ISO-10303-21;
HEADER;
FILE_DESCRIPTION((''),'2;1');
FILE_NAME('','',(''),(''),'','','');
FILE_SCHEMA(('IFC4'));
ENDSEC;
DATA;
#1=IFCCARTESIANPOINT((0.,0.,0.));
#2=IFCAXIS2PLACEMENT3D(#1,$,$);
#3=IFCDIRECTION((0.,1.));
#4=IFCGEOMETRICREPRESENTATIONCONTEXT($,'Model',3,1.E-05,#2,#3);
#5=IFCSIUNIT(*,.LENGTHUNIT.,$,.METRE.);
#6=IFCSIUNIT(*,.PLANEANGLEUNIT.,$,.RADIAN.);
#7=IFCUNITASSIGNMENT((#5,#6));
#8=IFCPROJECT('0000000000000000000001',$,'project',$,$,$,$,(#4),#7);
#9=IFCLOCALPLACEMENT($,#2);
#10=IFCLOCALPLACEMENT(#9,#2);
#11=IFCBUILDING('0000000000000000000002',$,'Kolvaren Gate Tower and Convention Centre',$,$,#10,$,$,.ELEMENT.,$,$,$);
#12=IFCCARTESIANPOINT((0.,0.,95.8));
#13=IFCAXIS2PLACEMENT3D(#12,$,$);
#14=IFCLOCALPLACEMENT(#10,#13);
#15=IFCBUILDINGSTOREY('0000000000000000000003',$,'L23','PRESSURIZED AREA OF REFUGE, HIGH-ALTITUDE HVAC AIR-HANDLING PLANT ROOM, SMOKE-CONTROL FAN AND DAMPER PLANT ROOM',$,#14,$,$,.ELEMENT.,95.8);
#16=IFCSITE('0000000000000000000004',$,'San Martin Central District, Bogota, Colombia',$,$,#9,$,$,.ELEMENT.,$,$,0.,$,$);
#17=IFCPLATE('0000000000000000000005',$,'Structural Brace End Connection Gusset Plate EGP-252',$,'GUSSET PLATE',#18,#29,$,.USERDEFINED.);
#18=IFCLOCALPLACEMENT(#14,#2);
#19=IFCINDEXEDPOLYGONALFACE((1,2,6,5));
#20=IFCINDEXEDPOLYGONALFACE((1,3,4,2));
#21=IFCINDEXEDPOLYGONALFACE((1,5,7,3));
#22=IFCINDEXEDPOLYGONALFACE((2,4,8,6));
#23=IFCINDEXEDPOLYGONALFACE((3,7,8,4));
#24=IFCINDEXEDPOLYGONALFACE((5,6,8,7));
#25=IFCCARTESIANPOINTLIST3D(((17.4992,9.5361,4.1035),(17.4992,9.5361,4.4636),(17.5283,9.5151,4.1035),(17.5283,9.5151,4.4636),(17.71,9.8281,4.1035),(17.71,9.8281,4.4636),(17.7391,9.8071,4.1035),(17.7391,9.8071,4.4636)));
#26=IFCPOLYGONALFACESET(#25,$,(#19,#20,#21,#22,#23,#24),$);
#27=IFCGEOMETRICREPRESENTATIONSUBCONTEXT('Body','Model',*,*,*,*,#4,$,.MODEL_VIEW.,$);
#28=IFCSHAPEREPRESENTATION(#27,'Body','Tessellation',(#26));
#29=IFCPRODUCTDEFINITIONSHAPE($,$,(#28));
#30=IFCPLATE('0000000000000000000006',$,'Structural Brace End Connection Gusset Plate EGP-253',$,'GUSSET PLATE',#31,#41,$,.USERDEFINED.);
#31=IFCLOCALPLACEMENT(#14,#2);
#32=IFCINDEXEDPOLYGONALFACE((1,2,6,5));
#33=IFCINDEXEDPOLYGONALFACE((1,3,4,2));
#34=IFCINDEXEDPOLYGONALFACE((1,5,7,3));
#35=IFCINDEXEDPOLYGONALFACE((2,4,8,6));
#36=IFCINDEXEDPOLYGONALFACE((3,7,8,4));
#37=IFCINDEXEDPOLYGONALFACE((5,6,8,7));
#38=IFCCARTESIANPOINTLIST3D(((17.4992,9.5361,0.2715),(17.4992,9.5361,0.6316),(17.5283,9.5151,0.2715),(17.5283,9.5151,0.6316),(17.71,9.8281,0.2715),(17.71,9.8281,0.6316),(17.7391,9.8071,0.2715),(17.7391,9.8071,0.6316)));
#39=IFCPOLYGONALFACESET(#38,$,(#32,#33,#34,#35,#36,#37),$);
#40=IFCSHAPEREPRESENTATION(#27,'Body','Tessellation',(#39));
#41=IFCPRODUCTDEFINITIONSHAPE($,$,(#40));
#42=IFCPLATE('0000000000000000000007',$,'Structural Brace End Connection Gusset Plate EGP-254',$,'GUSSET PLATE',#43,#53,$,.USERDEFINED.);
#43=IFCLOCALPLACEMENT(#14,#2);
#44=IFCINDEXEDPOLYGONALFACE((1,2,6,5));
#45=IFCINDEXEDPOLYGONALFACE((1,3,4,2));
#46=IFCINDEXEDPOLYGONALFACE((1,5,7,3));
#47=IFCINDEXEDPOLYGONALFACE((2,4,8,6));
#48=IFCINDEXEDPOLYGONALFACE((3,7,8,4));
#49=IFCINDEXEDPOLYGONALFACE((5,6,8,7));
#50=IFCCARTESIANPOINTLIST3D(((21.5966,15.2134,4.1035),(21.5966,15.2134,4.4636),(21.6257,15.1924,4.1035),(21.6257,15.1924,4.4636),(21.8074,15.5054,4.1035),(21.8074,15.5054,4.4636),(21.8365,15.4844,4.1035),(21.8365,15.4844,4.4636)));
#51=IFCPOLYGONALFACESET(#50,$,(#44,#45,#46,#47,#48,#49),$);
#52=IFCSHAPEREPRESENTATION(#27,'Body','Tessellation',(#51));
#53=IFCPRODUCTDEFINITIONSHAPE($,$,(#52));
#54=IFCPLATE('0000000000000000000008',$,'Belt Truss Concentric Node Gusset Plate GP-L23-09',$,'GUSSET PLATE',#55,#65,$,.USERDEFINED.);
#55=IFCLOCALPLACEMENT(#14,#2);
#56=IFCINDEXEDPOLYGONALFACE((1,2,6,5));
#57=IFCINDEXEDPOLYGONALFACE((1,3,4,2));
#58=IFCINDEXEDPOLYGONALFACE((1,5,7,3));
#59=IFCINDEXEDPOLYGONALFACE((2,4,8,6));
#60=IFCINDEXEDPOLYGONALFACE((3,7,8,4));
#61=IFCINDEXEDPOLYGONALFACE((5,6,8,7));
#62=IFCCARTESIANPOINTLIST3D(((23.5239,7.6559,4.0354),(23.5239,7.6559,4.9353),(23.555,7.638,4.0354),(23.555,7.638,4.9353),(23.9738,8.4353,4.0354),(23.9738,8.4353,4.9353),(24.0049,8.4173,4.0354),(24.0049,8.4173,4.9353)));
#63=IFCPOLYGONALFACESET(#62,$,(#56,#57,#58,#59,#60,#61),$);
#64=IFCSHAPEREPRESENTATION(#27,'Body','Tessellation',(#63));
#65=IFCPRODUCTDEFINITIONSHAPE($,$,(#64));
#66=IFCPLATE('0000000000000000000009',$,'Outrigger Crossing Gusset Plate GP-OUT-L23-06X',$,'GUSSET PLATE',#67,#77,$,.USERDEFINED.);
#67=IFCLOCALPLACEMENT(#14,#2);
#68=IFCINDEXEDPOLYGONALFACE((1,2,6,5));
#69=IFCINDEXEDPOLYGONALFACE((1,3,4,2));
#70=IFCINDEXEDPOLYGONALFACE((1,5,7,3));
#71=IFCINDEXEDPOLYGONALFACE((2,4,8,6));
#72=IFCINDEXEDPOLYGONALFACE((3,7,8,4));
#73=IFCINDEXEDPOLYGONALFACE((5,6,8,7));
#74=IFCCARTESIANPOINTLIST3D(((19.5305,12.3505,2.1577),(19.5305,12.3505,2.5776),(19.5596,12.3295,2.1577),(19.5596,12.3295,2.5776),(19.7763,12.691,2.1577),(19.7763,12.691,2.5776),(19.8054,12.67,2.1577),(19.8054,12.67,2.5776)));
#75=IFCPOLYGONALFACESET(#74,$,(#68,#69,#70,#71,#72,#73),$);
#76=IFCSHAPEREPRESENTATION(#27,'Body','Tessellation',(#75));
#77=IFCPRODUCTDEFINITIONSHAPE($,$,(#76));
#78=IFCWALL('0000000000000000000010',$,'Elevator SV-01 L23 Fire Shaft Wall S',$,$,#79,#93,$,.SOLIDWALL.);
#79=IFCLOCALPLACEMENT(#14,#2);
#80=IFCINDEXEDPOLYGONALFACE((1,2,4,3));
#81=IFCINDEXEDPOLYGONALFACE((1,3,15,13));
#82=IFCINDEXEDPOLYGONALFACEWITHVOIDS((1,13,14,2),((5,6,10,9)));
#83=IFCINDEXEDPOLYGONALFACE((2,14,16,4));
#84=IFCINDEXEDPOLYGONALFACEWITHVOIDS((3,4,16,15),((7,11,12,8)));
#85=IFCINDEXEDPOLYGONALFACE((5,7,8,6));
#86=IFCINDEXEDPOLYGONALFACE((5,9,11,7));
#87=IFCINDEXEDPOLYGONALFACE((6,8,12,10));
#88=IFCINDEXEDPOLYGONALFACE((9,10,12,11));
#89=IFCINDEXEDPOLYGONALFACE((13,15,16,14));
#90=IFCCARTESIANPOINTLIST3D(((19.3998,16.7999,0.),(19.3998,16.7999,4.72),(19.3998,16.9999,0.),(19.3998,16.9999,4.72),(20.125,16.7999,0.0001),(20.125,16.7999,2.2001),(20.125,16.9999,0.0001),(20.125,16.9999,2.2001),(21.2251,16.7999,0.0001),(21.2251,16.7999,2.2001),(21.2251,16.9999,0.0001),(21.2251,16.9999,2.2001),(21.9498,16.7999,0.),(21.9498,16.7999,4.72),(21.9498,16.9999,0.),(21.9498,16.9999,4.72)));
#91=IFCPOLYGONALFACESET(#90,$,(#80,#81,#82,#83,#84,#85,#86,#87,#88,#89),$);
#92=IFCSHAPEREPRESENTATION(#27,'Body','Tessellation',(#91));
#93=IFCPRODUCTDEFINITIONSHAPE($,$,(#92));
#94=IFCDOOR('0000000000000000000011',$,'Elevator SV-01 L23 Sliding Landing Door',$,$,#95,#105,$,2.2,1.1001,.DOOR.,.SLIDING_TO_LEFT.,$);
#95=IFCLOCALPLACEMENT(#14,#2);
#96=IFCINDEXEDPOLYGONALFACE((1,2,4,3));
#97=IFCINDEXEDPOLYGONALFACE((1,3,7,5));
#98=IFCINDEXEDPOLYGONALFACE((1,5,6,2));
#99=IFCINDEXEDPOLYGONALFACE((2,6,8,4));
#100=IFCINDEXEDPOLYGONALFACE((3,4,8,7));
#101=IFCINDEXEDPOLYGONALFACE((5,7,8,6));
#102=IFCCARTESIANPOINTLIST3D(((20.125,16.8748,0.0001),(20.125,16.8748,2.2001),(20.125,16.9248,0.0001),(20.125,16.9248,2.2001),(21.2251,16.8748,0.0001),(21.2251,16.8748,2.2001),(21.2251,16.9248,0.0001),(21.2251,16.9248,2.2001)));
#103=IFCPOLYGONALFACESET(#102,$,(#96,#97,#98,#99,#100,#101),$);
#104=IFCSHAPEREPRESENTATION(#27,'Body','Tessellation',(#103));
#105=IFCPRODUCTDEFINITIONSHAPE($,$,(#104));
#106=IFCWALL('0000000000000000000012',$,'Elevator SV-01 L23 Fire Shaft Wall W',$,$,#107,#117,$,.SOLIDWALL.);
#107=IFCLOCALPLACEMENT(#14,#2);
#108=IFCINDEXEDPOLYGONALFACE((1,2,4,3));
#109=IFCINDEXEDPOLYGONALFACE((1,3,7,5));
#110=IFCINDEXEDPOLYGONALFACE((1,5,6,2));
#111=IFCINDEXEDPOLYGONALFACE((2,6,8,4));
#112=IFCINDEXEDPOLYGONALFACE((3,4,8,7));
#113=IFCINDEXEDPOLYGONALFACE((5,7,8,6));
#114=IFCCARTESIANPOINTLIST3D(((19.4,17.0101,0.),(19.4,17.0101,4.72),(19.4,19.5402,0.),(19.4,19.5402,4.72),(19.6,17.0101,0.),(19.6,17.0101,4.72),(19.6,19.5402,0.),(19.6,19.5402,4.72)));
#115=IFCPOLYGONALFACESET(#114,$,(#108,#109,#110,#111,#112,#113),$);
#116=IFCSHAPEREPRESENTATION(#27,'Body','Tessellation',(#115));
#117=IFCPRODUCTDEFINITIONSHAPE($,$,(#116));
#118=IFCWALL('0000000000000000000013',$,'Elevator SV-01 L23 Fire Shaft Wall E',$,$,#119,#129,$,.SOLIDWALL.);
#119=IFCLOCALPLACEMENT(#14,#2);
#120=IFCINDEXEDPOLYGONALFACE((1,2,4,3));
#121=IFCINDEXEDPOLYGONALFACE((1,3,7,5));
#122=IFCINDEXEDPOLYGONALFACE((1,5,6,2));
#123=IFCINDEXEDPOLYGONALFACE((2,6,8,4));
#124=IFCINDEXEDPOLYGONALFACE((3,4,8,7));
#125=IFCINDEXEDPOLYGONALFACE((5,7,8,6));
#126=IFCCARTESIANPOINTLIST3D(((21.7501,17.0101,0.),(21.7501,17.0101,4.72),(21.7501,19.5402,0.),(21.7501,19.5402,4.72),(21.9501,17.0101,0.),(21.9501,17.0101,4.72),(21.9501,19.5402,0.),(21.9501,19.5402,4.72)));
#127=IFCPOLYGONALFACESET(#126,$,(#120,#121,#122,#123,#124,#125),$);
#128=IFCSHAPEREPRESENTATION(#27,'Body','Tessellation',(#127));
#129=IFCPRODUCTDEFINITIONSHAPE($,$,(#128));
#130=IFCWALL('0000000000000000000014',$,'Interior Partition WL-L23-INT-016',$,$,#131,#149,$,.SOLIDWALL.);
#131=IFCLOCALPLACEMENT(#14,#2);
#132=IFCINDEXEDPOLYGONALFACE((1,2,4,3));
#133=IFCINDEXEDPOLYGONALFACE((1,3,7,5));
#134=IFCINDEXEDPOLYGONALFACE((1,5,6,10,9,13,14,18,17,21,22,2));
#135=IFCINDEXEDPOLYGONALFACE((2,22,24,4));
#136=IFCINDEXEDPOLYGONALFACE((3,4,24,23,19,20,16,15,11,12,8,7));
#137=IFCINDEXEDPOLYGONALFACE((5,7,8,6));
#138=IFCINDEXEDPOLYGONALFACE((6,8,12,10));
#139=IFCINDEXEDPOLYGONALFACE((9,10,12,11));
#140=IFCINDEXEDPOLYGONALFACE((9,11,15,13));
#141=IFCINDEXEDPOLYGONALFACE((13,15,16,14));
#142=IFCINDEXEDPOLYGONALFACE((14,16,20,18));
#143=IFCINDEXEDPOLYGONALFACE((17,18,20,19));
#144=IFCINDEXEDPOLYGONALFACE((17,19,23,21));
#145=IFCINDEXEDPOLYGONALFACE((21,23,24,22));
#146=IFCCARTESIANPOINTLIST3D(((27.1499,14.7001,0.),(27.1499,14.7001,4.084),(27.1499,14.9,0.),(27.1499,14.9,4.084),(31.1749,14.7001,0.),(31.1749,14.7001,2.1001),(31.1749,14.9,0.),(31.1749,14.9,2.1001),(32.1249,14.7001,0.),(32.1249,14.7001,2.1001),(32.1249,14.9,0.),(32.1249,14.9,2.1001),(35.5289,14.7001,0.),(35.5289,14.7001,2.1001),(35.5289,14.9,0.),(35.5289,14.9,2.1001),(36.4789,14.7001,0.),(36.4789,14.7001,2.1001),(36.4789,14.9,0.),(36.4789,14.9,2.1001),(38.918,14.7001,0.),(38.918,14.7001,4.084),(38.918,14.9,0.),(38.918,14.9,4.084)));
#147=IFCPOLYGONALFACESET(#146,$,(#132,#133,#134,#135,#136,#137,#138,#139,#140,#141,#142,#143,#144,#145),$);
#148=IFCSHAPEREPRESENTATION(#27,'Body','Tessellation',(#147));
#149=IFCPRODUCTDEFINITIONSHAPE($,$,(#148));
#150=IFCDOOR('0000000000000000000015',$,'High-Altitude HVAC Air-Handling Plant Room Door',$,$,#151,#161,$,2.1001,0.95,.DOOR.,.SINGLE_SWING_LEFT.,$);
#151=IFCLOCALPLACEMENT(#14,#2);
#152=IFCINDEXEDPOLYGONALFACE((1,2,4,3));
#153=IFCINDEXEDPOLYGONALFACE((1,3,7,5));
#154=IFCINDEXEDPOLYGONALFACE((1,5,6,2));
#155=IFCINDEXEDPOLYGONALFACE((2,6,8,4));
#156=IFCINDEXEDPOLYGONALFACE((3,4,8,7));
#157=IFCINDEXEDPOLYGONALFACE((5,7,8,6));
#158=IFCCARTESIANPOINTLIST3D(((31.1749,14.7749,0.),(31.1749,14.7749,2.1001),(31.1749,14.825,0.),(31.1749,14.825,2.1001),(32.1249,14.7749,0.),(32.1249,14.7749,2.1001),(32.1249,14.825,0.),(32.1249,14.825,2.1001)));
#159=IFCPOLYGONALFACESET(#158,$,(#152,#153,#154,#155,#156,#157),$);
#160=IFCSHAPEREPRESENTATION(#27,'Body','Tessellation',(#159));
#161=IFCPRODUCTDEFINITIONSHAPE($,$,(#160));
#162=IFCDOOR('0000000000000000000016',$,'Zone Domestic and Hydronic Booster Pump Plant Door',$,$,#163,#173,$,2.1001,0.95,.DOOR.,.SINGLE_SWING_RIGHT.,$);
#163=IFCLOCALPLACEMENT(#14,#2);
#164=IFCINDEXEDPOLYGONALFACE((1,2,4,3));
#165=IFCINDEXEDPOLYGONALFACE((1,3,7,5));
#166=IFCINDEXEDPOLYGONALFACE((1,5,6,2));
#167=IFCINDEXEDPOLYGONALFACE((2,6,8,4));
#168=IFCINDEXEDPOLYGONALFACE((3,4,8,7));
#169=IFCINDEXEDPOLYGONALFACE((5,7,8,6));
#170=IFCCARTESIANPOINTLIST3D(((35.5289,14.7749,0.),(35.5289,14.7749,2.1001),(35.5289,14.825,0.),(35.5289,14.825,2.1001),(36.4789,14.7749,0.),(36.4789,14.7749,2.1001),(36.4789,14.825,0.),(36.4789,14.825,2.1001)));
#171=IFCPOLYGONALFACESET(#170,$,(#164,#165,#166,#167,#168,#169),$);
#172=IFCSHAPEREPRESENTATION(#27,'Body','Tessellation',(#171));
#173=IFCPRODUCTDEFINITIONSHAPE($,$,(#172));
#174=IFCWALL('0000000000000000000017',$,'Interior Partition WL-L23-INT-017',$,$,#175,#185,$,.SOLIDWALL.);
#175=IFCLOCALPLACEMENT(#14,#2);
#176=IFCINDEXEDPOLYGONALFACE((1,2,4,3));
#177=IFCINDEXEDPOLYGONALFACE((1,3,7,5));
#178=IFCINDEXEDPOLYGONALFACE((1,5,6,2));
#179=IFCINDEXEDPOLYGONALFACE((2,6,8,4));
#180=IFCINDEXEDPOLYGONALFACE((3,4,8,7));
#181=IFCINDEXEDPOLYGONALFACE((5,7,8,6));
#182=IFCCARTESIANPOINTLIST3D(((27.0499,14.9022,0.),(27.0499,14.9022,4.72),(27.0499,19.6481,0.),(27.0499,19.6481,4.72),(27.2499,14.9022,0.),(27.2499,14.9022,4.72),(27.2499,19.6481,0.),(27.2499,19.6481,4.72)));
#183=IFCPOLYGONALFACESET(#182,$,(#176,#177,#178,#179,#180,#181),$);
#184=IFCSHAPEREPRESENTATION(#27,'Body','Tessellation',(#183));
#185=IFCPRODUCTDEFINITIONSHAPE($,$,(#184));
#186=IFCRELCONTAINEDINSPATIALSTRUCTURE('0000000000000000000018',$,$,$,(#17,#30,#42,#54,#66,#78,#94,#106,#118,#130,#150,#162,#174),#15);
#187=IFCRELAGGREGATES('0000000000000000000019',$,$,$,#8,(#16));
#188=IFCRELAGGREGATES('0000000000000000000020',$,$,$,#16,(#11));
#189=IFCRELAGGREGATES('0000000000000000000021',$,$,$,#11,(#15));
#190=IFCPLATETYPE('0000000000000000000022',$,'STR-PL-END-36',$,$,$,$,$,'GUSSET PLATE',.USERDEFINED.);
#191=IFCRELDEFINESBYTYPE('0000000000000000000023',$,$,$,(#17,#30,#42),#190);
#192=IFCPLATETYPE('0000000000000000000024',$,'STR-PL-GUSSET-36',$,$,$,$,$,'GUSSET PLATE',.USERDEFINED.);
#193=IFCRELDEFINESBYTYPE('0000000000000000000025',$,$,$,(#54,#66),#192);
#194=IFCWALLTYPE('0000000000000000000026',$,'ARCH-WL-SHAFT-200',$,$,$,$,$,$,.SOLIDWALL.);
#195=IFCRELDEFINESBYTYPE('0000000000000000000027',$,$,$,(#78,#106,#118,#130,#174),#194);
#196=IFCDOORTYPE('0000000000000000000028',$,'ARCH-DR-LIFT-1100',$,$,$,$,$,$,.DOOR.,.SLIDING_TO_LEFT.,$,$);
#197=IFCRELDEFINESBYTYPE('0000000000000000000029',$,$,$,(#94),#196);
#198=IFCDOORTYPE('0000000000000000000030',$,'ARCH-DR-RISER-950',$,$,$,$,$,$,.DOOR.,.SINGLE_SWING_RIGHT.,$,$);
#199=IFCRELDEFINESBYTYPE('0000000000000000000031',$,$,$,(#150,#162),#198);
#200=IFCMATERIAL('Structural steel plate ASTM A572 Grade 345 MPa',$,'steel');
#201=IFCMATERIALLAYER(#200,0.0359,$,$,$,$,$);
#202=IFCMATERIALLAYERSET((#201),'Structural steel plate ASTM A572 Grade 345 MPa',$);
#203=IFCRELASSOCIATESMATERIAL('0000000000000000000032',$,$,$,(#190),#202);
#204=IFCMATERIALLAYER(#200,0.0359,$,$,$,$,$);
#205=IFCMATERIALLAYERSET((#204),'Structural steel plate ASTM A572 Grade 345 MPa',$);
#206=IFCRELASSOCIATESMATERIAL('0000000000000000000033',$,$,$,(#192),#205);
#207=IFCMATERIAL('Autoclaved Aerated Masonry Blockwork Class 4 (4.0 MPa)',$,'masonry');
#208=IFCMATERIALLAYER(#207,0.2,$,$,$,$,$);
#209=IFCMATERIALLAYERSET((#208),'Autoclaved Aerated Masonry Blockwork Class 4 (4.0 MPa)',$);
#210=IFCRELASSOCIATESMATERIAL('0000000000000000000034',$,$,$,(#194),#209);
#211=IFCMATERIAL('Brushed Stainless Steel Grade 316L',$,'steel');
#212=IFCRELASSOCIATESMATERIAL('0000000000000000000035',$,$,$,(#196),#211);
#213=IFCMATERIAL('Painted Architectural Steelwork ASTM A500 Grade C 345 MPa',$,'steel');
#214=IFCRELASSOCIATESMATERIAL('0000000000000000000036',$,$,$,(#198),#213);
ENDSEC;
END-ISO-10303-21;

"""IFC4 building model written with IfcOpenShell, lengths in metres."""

from ifc_helpers import new_model, si_unit, direction, frame, frame_2d, origin, origin_2d, place, context, subcontext, project, spatial, rectangle, extrude, material, layer, layer_set, type_object, element, fill, save


model = new_model("IFC4")

# Units and contexts
model_context = context("Model", 3, precision=1e-05, world=origin(), true_north=direction((0.0, 1.0)))
body_context = subcontext(model_context, "Body", "Model", "MODEL_VIEW")
ifc_project = project(units=[si_unit("LENGTHUNIT", "METRE"), si_unit("PLANEANGLEUNIT", "RADIAN")], contexts=[model_context])

# Site, building, storey
site_placement = place(None, origin())
site = spatial("IfcSite", under=ifc_project, at=site_placement, Name="San Martin Central District, Bogota, Colombia", CompositionType="ELEMENT", RefElevation=0.0)
building_placement = place(site_placement, origin())
building = spatial("IfcBuilding", under=site, at=building_placement, Name="Kolvaren Gate Tower and Convention Centre", CompositionType="ELEMENT")
storey_placement = place(building_placement, frame((0.0, 0.0, 95.8)))
storey = spatial("IfcBuildingStorey", under=building, at=storey_placement, Name="L23", Description="PRESSURIZED AREA OF REFUGE, HIGH-ALTITUDE HVAC AIR-HANDLING PLANT ROOM, SMOKE-CONTROL FAN AND DAMPER PLANT ROOM", CompositionType="ELEMENT", Elevation=95.8)

# Plates
ifc_material_1 = material(Name="Structural steel plate ASTM A572 Grade 345 MPa", Category="steel")
ifc_layer_1 = layer(ifc_material_1, 0.0359)
ifc_layer_set_1 = layer_set([ifc_layer_1], Name="Structural steel plate ASTM A572 Grade 345 MPa")
plate_type_1 = type_object("IfcPlateType", Name="STR-PL-END-36", ElementType="GUSSET PLATE", PredefinedType="USERDEFINED", material=ifc_layer_set_1)
for number, where, z_axis, x_axis, name in (
    (1, (17.6191, 9.6716, 4.1035), (0.0, 0.0, 1.0), (-0.585217, -0.810877, 0.0), "Structural Brace End Connection Gusset Plate EGP-252"),
    (2, (17.6191, 9.6716, 0.2715), (0.0, 0.0, 1.0), (0.585231, 0.810867, 0.0), "Structural Brace End Connection Gusset Plate EGP-253"),
    (3, (21.7166, 15.3489, 4.1035), (0.0, 0.0, 1.0), (0.585201, 0.810888, 0.0), "Structural Brace End Connection Gusset Plate EGP-254"),
):
    element("IfcPlate", number, at=place(storey_placement, frame(where, z_axis=z_axis, x_axis=x_axis)), inside=storey, type_object=plate_type_1, Name=name, ObjectType="GUSSET PLATE", PredefinedType="USERDEFINED", context=body_context, shape_type="SweptSolid", body=[
        extrude(rectangle(XDim=0.3601, YDim=0.0359, at=origin_2d()), origin(), (0.0, 0.0, 1.0), 0.3601),
    ])
ifc_layer_2 = layer(ifc_material_1, 0.0359)
ifc_layer_set_2 = layer_set([ifc_layer_2], Name="Structural steel plate ASTM A572 Grade 345 MPa")
plate_type_2 = type_object("IfcPlateType", Name="STR-PL-GUSSET-36", ElementType="GUSSET PLATE", PredefinedType="USERDEFINED", material=ifc_layer_set_2)
plate_1_placement = place(storey_placement, frame((23.7644, 8.0366, 4.0354), z_axis=(0.0, 0.0, 1.0), x_axis=(-0.5, -0.866025, 0.0)))
element("IfcPlate", 4, at=plate_1_placement, inside=storey, type_object=plate_type_2, Name="Belt Truss Concentric Node Gusset Plate GP-L23-09", ObjectType="GUSSET PLATE", PredefinedType="USERDEFINED", context=body_context, shape_type="SweptSolid", body=[
    extrude(rectangle(XDim=0.8999, YDim=0.0359, at=origin_2d()), origin(), (0.0, 0.0, 1.0), 0.8999),
])
plate_2_placement = place(storey_placement, frame((19.668, 12.5103, 2.1577), z_axis=(0.0, 0.0, 1.0), x_axis=(-0.585217, -0.810877, 0.0)))
element("IfcPlate", 5, at=plate_2_placement, inside=storey, type_object=plate_type_2, Name="Outrigger Crossing Gusset Plate GP-OUT-L23-06X", ObjectType="GUSSET PLATE", PredefinedType="USERDEFINED", context=body_context, shape_type="SweptSolid", body=[
    extrude(rectangle(XDim=0.4199, YDim=0.0359, at=origin_2d()), origin(), (0.0, 0.0, 1.0), 0.4199),
])

# Wall, opening, door
ifc_material_2 = material(Name="Autoclaved Aerated Masonry Blockwork Class 4 (4.0 MPa)", Category="masonry")
ifc_layer_3 = layer(ifc_material_2, 0.2)
ifc_layer_set_3 = layer_set([ifc_layer_3], Name="Autoclaved Aerated Masonry Blockwork Class 4 (4.0 MPa)")
wall_type_1 = type_object("IfcWallType", Name="ARCH-WL-SHAFT-200", PredefinedType="SOLIDWALL", material=ifc_layer_set_3)
wall_1_placement = place(storey_placement, frame((19.3999, 16.8999, 0.0), z_axis=(0.0, 0.0, 1.0), x_axis=(1.0, 0.0, 0.0)))
wall_1 = element("IfcWall", 6, at=wall_1_placement, inside=storey, type_object=wall_type_1, Name="Elevator SV-01 L23 Fire Shaft Wall S", PredefinedType="SOLIDWALL", context=body_context, shape_type="SweptSolid", body=[
    extrude(rectangle(XDim=2.55, YDim=0.2, at=frame_2d((1.2749, 0.0))), origin(), (0.0, 0.0, 1.0), 4.72),
])
opening_1_placement = place(wall_1_placement, frame((0.7251, 0.0, 0.0)))
opening_1 = element("IfcOpeningElement", 7, at=opening_1_placement, cuts=wall_1, PredefinedType="OPENING", context=body_context, shape_type="SweptSolid", body=[
    extrude(rectangle(XDim=1.1001, YDim=2.2, at=frame_2d((0.55, 1.1001))), frame((0.0, 0.1099, 0.0), z_axis=(0.0, -1.0, 0.0), x_axis=(1.0, 0.0, 0.0)), (0.0, 0.0, 1.0), 0.22),
])
ifc_material_3 = material(Name="Brushed Stainless Steel Grade 316L", Category="steel")
door_type_1 = type_object("IfcDoorType", Name="ARCH-DR-LIFT-1100", OperationType="SLIDING_TO_LEFT", PredefinedType="DOOR", material=ifc_material_3)
door_1_placement = place(opening_1_placement, origin())
door_1 = element("IfcDoor", 8, at=door_1_placement, inside=storey, type_object=door_type_1, Name="Elevator SV-01 L23 Sliding Landing Door", OperationType="SLIDING_TO_LEFT", OverallHeight=2.2, OverallWidth=1.1001, PredefinedType="DOOR", context=body_context, shape_type="SweptSolid", body=[
    extrude(rectangle(XDim=1.1001, YDim=2.2, at=frame_2d((0.55, 1.1001))), frame((0.0, 0.0249, 0.0), z_axis=(0.0, -1.0, 0.0), x_axis=(1.0, 0.0, 0.0)), (0.0, 0.0, 1.0), 0.05),
])
fill(opening_1, door_1)

# Walls
for number, where, z_axis, x_axis, name in (
    (9, (19.5, 17.01, 0.0), (0.0, 0.0, 1.0), (0.0, 1.0, 0.0), "Elevator SV-01 L23 Fire Shaft Wall W"),
    (10, (21.8501, 17.01, 0.0), (0.0, 0.0, 1.0), (0.0, 1.0, 0.0), "Elevator SV-01 L23 Fire Shaft Wall E"),
):
    element("IfcWall", number, at=place(storey_placement, frame(where, z_axis=z_axis, x_axis=x_axis)), inside=storey, type_object=wall_type_1, Name=name, PredefinedType="SOLIDWALL", context=body_context, shape_type="SweptSolid", body=[
        extrude(rectangle(XDim=2.53, YDim=0.2, at=frame_2d((1.2651, 0.0))), origin(), (0.0, 0.0, 1.0), 4.72),
    ])

# Wall, openings, doors
wall_2_placement = place(storey_placement, frame((27.1499, 14.8, 0.0), z_axis=(0.0, 0.0, 1.0), x_axis=(1.0, 0.0, 0.0)))
wall_2 = element("IfcWall", 11, at=wall_2_placement, inside=storey, type_object=wall_type_1, Name="Interior Partition WL-L23-INT-016", PredefinedType="SOLIDWALL", context=body_context, shape_type="SweptSolid", body=[
    extrude(rectangle(XDim=11.7681, YDim=0.2, at=frame_2d((5.884, 0.0))), origin(), (0.0, 0.0, 1.0), 4.084),
])
opening_2_placement = place(wall_2_placement, frame((4.0249, 0.0, 0.0)))
opening_2 = element("IfcOpeningElement", 12, at=opening_2_placement, cuts=wall_2, PredefinedType="OPENING", context=body_context, shape_type="SweptSolid", body=[
    extrude(rectangle(XDim=0.95, YDim=2.1001, at=frame_2d((0.4751, 1.05))), frame((0.0, 0.1099, 0.0), z_axis=(0.0, -1.0, 0.0), x_axis=(1.0, 0.0, 0.0)), (0.0, 0.0, 1.0), 0.22),
])
opening_3_placement = place(wall_2_placement, frame((8.3789, 0.0, 0.0)))
opening_3 = element("IfcOpeningElement", 13, at=opening_3_placement, cuts=wall_2, PredefinedType="OPENING", context=body_context, shape_type="SweptSolid", body=[
    extrude(rectangle(XDim=0.95, YDim=2.1001, at=frame_2d((0.4751, 1.05))), frame((0.0, 0.1099, 0.0), z_axis=(0.0, -1.0, 0.0), x_axis=(1.0, 0.0, 0.0)), (0.0, 0.0, 1.0), 0.22),
])
ifc_material_4 = material(Name="Painted Architectural Steelwork ASTM A500 Grade C 345 MPa", Category="steel")
door_type_2 = type_object("IfcDoorType", Name="ARCH-DR-RISER-950", OperationType="SINGLE_SWING_RIGHT", PredefinedType="DOOR", material=ifc_material_4)
door_2_placement = place(opening_2_placement, origin())
door_2 = element("IfcDoor", 14, at=door_2_placement, inside=storey, type_object=door_type_2, Name="High-Altitude HVAC Air-Handling Plant Room Door", OperationType="SINGLE_SWING_LEFT", OverallHeight=2.1001, OverallWidth=0.95, PredefinedType="DOOR", context=body_context, shape_type="SweptSolid", body=[
    extrude(rectangle(XDim=0.95, YDim=2.1001, at=frame_2d((0.4751, 1.05))), frame((0.0, 0.0249, 0.0), z_axis=(0.0, -1.0, 0.0), x_axis=(1.0, 0.0, 0.0)), (0.0, 0.0, 1.0), 0.05),
])
fill(opening_2, door_2)
door_3_placement = place(opening_3_placement, origin())
door_3 = element("IfcDoor", 15, at=door_3_placement, inside=storey, type_object=door_type_2, Name="Zone Domestic and Hydronic Booster Pump Plant Door", OperationType="SINGLE_SWING_RIGHT", OverallHeight=2.1001, OverallWidth=0.95, PredefinedType="DOOR", context=body_context, shape_type="SweptSolid", body=[
    extrude(rectangle(XDim=0.95, YDim=2.1001, at=frame_2d((0.4751, 1.05))), frame((0.0, 0.0249, 0.0), z_axis=(0.0, -1.0, 0.0), x_axis=(1.0, 0.0, 0.0)), (0.0, 0.0, 1.0), 0.05),
])
fill(opening_3, door_3)

# Wall
wall_3_placement = place(storey_placement, frame((27.1499, 14.9021, 0.0), z_axis=(0.0, 0.0, 1.0), x_axis=(0.0, 1.0, 0.0)))
element("IfcWall", 16, at=wall_3_placement, inside=storey, type_object=wall_type_1, Name="Interior Partition WL-L23-INT-017", PredefinedType="SOLIDWALL", context=body_context, shape_type="SweptSolid", body=[
    extrude(rectangle(XDim=4.7458, YDim=0.2, at=frame_2d((2.373, 0.0))), origin(), (0.0, 0.0, 1.0), 4.72),
])

save(model, "model.ifc")
